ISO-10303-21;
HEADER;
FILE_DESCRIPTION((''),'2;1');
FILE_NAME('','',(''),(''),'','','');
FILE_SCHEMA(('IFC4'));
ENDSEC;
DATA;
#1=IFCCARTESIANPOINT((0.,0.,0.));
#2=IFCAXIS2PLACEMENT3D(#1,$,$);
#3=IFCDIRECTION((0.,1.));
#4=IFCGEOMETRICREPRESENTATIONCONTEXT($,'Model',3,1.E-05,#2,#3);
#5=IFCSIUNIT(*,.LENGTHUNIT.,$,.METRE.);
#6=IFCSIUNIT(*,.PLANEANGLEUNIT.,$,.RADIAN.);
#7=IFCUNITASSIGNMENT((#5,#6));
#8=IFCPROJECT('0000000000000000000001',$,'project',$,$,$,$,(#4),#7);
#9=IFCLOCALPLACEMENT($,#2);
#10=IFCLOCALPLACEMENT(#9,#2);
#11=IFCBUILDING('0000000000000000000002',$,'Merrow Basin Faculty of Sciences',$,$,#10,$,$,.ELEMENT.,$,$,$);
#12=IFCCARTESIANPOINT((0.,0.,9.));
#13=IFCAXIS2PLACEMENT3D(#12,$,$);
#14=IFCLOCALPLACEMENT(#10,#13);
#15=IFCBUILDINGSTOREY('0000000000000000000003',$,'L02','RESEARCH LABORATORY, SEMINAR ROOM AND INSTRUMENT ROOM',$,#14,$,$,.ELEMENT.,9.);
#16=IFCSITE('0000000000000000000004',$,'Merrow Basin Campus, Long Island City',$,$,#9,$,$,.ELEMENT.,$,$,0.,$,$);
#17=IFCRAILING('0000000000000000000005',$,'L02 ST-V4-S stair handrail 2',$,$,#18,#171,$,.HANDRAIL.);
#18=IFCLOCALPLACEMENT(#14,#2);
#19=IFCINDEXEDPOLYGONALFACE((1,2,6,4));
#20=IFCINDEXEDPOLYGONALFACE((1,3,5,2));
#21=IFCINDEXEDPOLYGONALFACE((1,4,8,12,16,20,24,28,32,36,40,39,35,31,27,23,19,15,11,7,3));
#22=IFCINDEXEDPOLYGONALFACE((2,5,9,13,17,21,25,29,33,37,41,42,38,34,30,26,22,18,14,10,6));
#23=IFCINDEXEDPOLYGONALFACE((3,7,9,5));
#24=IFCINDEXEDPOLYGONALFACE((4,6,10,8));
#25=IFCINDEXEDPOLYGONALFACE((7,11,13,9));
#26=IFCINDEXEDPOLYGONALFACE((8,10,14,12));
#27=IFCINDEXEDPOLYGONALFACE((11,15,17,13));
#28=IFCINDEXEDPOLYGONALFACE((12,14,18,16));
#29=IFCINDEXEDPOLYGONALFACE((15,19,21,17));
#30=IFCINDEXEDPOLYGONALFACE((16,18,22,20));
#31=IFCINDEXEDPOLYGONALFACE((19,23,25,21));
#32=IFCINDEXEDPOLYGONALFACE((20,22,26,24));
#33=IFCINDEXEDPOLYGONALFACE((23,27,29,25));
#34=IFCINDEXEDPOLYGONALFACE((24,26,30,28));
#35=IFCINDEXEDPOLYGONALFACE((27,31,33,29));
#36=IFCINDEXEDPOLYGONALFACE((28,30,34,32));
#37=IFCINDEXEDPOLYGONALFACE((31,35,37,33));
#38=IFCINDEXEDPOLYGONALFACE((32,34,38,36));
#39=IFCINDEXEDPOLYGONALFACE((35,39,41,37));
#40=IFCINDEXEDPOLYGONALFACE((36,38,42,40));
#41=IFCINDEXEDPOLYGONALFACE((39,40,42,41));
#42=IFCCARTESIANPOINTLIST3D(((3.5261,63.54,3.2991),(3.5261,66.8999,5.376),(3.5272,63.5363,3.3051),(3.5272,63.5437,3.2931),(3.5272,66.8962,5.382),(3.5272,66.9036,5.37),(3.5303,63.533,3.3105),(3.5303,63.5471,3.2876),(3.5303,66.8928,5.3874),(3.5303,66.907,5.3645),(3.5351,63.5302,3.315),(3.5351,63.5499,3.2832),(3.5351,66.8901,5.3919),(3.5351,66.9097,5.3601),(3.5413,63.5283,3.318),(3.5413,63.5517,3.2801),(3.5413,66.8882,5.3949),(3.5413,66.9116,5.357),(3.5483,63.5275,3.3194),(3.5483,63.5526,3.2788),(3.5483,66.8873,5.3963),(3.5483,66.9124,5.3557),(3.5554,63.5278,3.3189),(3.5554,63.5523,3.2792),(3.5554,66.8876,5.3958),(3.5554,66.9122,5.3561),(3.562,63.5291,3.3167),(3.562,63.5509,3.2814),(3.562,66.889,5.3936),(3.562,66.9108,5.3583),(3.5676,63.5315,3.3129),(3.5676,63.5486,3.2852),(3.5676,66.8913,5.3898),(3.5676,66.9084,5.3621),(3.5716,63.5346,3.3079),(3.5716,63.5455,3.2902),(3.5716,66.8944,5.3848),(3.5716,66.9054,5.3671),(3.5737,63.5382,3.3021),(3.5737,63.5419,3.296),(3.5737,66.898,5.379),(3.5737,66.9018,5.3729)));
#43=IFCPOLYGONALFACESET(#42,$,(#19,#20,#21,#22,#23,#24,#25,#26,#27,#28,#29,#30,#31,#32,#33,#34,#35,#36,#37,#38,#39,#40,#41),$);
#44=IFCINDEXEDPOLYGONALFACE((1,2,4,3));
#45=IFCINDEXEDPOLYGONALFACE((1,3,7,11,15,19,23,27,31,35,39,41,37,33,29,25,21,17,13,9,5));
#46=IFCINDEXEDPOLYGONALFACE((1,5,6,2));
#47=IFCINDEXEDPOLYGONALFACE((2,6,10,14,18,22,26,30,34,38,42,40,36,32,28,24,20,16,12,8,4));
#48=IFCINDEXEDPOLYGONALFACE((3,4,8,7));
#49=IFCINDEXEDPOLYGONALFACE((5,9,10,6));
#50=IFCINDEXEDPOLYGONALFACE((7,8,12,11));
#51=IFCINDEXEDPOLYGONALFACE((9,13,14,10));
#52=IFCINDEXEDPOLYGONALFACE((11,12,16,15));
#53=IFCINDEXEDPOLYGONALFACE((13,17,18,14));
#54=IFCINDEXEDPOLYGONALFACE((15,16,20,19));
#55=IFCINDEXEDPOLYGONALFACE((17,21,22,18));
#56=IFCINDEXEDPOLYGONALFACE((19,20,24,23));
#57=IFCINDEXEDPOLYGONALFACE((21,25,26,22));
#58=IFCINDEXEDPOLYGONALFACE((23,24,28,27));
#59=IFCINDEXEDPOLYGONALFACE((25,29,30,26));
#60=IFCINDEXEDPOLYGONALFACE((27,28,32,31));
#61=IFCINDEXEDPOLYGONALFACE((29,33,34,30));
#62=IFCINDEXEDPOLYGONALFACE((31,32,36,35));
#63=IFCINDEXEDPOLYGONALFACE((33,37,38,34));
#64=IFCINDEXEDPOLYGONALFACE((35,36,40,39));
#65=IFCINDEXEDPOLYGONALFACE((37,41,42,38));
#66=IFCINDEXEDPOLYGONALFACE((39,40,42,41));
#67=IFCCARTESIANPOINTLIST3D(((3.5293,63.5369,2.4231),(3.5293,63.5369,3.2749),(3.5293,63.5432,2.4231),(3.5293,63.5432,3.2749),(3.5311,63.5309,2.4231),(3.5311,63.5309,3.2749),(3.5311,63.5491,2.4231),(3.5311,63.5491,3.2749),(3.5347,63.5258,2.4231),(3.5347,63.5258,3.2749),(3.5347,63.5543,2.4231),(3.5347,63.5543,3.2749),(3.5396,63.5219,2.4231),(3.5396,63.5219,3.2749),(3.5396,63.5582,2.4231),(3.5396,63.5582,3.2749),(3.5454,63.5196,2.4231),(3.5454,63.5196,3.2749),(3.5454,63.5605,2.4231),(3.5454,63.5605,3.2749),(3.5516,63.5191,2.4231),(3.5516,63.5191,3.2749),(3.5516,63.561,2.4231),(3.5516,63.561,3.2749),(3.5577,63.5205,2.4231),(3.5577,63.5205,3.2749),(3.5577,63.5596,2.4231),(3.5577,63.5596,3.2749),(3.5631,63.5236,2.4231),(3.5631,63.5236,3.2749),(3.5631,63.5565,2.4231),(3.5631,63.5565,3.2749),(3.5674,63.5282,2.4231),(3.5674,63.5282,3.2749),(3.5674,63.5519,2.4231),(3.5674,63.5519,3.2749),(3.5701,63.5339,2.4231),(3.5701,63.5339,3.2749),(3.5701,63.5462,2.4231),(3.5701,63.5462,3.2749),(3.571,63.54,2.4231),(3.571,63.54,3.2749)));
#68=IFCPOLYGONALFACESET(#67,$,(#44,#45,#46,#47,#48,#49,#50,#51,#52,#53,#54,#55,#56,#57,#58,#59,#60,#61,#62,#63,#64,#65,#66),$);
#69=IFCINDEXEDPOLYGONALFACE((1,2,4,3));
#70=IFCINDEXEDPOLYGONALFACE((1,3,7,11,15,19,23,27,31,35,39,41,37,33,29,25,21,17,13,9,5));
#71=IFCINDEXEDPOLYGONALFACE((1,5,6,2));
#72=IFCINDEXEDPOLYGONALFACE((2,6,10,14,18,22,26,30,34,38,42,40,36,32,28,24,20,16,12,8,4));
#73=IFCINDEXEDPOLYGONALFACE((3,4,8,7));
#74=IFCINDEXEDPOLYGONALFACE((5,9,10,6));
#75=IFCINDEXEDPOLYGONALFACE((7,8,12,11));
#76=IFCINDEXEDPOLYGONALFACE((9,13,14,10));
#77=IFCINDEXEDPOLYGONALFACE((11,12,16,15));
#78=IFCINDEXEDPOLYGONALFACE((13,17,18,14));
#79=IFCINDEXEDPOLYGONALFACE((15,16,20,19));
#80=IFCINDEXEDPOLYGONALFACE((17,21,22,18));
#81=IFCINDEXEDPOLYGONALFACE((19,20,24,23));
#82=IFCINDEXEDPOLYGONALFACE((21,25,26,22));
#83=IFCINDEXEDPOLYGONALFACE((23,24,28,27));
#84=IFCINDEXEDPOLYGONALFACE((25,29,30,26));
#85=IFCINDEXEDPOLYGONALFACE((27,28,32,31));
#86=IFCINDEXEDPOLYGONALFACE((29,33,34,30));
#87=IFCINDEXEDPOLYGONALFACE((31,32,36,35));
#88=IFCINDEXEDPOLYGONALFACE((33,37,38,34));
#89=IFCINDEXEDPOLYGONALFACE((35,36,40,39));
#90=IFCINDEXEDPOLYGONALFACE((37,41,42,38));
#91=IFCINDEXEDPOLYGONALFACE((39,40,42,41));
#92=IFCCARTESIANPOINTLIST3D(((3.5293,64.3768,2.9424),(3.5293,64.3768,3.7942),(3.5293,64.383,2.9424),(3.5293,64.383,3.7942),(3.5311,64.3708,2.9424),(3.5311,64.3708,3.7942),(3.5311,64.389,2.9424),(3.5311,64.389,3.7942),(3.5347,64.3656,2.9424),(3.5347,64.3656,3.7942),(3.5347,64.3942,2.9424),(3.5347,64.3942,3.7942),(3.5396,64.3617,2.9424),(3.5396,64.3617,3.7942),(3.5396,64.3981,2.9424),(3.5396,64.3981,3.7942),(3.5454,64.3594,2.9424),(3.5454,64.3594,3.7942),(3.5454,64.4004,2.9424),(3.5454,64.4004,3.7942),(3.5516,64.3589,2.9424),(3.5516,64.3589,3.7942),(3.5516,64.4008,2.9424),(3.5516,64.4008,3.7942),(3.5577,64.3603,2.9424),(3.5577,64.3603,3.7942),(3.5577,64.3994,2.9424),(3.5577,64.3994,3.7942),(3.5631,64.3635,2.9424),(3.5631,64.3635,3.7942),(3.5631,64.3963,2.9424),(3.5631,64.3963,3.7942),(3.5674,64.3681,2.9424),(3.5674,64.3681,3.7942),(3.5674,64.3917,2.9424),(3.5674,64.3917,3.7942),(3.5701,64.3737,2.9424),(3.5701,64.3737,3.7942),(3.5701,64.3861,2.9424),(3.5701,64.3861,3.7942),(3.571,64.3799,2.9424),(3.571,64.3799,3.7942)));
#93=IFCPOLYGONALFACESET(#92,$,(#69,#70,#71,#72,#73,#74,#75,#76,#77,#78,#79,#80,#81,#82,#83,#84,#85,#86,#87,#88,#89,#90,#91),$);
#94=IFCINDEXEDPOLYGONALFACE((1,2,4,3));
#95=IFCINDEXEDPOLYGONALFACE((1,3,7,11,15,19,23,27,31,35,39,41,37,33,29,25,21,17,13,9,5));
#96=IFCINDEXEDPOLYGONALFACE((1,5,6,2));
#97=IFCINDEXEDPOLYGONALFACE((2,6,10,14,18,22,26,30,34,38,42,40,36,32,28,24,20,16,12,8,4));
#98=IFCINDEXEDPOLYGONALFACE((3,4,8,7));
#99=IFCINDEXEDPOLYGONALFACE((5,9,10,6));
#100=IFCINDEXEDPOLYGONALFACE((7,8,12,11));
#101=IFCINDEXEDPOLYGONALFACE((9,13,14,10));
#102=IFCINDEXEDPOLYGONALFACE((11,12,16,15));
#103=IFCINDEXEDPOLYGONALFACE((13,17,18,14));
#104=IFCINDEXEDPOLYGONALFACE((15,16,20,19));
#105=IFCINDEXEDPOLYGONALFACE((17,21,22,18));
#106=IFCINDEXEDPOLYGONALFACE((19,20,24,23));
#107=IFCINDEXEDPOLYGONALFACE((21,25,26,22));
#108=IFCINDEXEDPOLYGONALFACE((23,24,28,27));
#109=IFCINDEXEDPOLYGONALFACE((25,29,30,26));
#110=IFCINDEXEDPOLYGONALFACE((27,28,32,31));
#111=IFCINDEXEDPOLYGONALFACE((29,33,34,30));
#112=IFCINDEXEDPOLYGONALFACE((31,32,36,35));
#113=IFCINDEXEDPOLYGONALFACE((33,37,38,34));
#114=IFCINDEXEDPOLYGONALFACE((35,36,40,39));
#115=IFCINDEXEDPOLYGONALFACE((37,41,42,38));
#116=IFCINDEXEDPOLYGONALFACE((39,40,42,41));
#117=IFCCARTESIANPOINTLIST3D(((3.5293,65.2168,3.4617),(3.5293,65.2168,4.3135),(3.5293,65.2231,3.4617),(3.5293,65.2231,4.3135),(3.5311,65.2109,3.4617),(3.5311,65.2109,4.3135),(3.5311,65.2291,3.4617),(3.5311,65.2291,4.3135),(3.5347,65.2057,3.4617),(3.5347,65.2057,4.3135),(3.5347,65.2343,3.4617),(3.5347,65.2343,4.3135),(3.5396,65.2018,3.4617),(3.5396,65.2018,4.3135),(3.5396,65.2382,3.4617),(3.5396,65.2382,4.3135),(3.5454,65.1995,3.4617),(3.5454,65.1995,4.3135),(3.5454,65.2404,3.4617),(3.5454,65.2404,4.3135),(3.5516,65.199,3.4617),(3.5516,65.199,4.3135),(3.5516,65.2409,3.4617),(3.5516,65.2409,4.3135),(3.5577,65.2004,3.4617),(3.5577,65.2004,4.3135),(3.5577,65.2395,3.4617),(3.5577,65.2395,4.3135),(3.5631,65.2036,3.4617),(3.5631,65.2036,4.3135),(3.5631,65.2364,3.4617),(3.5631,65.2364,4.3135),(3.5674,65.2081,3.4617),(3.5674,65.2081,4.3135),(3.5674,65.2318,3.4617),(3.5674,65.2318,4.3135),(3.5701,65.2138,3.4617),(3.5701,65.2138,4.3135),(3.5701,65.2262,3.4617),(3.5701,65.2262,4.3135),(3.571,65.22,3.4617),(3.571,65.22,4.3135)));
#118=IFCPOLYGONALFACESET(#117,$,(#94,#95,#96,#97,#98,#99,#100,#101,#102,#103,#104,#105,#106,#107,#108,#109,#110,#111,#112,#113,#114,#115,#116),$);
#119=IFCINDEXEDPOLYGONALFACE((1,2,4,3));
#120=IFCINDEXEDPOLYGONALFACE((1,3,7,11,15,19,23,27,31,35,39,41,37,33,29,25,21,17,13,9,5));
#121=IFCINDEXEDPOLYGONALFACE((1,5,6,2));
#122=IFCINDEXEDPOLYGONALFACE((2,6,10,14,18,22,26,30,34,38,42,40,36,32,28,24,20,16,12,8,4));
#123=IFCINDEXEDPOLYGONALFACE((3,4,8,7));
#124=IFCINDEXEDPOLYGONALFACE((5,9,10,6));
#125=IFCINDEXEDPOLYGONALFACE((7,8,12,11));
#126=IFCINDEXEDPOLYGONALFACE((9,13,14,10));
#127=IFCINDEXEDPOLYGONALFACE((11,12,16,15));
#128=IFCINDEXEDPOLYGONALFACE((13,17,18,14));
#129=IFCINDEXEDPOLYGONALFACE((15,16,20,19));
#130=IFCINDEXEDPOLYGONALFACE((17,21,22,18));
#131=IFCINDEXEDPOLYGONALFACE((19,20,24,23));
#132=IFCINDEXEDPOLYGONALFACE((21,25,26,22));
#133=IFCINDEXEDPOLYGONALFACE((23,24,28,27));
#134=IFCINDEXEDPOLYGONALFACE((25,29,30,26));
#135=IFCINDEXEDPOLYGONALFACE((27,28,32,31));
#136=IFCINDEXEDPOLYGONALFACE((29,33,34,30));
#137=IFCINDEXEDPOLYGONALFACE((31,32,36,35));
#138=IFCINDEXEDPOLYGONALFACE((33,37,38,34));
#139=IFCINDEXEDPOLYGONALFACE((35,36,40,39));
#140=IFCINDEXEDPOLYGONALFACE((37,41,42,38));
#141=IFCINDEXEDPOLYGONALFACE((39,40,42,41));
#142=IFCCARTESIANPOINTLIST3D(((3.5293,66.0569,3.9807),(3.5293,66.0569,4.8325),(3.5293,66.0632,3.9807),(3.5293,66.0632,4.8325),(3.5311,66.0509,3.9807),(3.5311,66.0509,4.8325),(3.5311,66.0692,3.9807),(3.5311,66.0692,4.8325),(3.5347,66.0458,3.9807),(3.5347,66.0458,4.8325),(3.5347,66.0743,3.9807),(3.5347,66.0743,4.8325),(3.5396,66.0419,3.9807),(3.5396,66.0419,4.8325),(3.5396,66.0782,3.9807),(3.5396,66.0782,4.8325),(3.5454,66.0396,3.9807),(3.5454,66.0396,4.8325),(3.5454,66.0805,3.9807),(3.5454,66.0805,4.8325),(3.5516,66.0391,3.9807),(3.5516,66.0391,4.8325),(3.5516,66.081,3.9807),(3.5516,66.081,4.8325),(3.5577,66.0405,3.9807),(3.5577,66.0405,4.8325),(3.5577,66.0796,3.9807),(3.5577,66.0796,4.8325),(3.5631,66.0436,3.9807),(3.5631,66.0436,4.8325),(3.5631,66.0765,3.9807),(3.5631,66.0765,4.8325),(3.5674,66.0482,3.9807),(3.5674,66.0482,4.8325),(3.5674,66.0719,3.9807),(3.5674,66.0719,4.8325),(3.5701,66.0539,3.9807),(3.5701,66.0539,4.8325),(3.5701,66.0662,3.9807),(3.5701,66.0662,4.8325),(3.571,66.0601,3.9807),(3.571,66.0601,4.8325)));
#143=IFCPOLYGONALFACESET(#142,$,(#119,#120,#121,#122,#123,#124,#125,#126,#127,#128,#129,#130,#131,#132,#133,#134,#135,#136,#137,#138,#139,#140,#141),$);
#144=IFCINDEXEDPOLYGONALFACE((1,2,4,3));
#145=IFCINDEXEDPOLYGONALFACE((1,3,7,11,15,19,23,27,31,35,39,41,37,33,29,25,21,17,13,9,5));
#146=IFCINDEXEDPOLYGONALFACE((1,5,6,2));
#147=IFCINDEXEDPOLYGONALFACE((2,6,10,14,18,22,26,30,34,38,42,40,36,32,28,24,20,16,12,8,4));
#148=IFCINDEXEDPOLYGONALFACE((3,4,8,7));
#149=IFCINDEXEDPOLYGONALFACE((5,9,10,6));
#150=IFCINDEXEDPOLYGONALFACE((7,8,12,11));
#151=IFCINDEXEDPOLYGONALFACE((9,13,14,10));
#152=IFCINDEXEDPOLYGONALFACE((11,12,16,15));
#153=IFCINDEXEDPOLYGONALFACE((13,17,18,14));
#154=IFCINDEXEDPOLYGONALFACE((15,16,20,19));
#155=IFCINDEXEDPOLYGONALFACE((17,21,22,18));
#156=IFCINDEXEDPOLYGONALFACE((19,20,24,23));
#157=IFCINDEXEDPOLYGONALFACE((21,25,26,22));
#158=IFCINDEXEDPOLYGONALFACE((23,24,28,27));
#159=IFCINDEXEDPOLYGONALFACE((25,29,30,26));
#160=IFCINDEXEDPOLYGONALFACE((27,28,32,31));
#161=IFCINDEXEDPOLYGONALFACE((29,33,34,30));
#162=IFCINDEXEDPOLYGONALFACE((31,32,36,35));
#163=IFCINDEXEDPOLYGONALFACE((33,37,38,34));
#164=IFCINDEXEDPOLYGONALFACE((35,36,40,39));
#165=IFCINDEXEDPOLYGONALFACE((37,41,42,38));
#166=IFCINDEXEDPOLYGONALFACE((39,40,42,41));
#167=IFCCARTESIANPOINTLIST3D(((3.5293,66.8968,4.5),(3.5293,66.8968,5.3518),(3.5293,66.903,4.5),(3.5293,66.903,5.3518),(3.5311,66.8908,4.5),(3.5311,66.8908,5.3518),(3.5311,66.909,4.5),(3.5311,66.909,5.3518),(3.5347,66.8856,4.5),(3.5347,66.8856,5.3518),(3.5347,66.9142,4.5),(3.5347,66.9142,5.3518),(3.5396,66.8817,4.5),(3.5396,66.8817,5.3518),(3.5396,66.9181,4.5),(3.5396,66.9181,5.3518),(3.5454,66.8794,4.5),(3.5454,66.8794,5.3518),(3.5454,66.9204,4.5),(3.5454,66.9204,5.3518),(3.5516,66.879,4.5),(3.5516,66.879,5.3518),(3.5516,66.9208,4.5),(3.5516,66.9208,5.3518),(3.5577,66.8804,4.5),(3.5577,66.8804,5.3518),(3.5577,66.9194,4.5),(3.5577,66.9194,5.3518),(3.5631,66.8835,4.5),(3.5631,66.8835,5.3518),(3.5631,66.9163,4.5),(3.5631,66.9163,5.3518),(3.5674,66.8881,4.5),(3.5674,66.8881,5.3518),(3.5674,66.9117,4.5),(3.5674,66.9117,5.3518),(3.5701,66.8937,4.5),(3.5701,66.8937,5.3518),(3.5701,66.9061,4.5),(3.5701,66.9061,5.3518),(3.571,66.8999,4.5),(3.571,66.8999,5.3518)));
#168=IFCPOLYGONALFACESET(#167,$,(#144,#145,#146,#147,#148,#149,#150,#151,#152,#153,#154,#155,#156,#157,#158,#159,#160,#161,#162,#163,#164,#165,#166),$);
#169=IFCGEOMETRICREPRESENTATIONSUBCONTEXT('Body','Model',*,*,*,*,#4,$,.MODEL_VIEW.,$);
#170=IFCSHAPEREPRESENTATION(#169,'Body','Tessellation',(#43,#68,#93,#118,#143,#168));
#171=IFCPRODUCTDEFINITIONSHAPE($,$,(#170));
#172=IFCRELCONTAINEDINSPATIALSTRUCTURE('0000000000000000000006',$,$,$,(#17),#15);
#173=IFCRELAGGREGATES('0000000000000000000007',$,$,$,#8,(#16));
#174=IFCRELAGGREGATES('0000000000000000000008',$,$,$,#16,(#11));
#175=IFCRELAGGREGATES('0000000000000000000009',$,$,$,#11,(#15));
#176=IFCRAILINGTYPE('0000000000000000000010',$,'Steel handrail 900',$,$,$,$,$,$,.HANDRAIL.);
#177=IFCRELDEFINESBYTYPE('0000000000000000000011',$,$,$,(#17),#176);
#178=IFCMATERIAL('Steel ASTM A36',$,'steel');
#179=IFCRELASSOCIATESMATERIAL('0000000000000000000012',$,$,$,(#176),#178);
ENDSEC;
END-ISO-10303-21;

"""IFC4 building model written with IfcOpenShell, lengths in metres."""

from ifc_helpers import new_model, si_unit, direction, frame, origin, origin_2d, place, context, subcontext, project, spatial, circle, extrude, material, type_object, element, save


model = new_model("IFC4")

# Units and contexts
model_context = context("Model", 3, precision=1e-05, world=origin(), true_north=direction((0.0, 1.0)))
body_context = subcontext(model_context, "Body", "Model", "MODEL_VIEW")
ifc_project = project(units=[si_unit("LENGTHUNIT", "METRE"), si_unit("PLANEANGLEUNIT", "RADIAN")], contexts=[model_context])

# Site, building, storey
site_placement = place(None, origin())
site = spatial("IfcSite", under=ifc_project, at=site_placement, Name="Merrow Basin Campus, Long Island City", CompositionType="ELEMENT", RefElevation=0.0)
building_placement = place(site_placement, origin())
building = spatial("IfcBuilding", under=site, at=building_placement, Name="Merrow Basin Faculty of Sciences", CompositionType="ELEMENT")
storey_placement = place(building_placement, frame((0.0, 0.0, 9.0)))
storey = spatial("IfcBuildingStorey", under=building, at=storey_placement, Name="L02", Description="RESEARCH LABORATORY, SEMINAR ROOM AND INSTRUMENT ROOM", CompositionType="ELEMENT", Elevation=9.0)

# Railing
ifc_material_1 = material(Name="Steel ASTM A36", Category="steel")
railing_type = type_object("IfcRailingType", Name="Steel handrail 900", PredefinedType="HANDRAIL", material=ifc_material_1)
railing_placement = place(storey_placement, frame((3.55, 63.54, 2.4231)))
element("IfcRailing", 1, at=railing_placement, inside=storey, type_object=railing_type, Name="L02 ST-V4-S stair handrail 2", PredefinedType="HANDRAIL", context=body_context, shape_type="SweptSolid", body=[
    extrude(circle(Radius=0.0239, at=origin_2d()), frame((0.0, 0.0, 0.876), z_axis=(0.0, 0.850606, 0.525803), x_axis=(-1.0, 0.0, 0.0)), (0.0, 0.0, 1.0), 3.95),
    extrude(circle(Radius=0.021, at=origin_2d()), origin(), (0.0, 0.0, 1.0), 0.8518),
    extrude(circle(Radius=0.021, at=origin_2d()), frame((0.0, 0.8398, 0.5193)), (0.0, 0.0, 1.0), 0.8518),
    extrude(circle(Radius=0.021, at=origin_2d()), frame((0.0, 1.6799, 1.0386)), (0.0, 0.0, 1.0), 0.8518),
    extrude(circle(Radius=0.021, at=origin_2d()), frame((0.0, 2.52, 1.5576)), (0.0, 0.0, 1.0), 0.8518),
    extrude(circle(Radius=0.021, at=origin_2d()), frame((0.0, 3.3599, 2.0769)), (0.0, 0.0, 1.0), 0.8518),
])

save(model, "model.ifc")
